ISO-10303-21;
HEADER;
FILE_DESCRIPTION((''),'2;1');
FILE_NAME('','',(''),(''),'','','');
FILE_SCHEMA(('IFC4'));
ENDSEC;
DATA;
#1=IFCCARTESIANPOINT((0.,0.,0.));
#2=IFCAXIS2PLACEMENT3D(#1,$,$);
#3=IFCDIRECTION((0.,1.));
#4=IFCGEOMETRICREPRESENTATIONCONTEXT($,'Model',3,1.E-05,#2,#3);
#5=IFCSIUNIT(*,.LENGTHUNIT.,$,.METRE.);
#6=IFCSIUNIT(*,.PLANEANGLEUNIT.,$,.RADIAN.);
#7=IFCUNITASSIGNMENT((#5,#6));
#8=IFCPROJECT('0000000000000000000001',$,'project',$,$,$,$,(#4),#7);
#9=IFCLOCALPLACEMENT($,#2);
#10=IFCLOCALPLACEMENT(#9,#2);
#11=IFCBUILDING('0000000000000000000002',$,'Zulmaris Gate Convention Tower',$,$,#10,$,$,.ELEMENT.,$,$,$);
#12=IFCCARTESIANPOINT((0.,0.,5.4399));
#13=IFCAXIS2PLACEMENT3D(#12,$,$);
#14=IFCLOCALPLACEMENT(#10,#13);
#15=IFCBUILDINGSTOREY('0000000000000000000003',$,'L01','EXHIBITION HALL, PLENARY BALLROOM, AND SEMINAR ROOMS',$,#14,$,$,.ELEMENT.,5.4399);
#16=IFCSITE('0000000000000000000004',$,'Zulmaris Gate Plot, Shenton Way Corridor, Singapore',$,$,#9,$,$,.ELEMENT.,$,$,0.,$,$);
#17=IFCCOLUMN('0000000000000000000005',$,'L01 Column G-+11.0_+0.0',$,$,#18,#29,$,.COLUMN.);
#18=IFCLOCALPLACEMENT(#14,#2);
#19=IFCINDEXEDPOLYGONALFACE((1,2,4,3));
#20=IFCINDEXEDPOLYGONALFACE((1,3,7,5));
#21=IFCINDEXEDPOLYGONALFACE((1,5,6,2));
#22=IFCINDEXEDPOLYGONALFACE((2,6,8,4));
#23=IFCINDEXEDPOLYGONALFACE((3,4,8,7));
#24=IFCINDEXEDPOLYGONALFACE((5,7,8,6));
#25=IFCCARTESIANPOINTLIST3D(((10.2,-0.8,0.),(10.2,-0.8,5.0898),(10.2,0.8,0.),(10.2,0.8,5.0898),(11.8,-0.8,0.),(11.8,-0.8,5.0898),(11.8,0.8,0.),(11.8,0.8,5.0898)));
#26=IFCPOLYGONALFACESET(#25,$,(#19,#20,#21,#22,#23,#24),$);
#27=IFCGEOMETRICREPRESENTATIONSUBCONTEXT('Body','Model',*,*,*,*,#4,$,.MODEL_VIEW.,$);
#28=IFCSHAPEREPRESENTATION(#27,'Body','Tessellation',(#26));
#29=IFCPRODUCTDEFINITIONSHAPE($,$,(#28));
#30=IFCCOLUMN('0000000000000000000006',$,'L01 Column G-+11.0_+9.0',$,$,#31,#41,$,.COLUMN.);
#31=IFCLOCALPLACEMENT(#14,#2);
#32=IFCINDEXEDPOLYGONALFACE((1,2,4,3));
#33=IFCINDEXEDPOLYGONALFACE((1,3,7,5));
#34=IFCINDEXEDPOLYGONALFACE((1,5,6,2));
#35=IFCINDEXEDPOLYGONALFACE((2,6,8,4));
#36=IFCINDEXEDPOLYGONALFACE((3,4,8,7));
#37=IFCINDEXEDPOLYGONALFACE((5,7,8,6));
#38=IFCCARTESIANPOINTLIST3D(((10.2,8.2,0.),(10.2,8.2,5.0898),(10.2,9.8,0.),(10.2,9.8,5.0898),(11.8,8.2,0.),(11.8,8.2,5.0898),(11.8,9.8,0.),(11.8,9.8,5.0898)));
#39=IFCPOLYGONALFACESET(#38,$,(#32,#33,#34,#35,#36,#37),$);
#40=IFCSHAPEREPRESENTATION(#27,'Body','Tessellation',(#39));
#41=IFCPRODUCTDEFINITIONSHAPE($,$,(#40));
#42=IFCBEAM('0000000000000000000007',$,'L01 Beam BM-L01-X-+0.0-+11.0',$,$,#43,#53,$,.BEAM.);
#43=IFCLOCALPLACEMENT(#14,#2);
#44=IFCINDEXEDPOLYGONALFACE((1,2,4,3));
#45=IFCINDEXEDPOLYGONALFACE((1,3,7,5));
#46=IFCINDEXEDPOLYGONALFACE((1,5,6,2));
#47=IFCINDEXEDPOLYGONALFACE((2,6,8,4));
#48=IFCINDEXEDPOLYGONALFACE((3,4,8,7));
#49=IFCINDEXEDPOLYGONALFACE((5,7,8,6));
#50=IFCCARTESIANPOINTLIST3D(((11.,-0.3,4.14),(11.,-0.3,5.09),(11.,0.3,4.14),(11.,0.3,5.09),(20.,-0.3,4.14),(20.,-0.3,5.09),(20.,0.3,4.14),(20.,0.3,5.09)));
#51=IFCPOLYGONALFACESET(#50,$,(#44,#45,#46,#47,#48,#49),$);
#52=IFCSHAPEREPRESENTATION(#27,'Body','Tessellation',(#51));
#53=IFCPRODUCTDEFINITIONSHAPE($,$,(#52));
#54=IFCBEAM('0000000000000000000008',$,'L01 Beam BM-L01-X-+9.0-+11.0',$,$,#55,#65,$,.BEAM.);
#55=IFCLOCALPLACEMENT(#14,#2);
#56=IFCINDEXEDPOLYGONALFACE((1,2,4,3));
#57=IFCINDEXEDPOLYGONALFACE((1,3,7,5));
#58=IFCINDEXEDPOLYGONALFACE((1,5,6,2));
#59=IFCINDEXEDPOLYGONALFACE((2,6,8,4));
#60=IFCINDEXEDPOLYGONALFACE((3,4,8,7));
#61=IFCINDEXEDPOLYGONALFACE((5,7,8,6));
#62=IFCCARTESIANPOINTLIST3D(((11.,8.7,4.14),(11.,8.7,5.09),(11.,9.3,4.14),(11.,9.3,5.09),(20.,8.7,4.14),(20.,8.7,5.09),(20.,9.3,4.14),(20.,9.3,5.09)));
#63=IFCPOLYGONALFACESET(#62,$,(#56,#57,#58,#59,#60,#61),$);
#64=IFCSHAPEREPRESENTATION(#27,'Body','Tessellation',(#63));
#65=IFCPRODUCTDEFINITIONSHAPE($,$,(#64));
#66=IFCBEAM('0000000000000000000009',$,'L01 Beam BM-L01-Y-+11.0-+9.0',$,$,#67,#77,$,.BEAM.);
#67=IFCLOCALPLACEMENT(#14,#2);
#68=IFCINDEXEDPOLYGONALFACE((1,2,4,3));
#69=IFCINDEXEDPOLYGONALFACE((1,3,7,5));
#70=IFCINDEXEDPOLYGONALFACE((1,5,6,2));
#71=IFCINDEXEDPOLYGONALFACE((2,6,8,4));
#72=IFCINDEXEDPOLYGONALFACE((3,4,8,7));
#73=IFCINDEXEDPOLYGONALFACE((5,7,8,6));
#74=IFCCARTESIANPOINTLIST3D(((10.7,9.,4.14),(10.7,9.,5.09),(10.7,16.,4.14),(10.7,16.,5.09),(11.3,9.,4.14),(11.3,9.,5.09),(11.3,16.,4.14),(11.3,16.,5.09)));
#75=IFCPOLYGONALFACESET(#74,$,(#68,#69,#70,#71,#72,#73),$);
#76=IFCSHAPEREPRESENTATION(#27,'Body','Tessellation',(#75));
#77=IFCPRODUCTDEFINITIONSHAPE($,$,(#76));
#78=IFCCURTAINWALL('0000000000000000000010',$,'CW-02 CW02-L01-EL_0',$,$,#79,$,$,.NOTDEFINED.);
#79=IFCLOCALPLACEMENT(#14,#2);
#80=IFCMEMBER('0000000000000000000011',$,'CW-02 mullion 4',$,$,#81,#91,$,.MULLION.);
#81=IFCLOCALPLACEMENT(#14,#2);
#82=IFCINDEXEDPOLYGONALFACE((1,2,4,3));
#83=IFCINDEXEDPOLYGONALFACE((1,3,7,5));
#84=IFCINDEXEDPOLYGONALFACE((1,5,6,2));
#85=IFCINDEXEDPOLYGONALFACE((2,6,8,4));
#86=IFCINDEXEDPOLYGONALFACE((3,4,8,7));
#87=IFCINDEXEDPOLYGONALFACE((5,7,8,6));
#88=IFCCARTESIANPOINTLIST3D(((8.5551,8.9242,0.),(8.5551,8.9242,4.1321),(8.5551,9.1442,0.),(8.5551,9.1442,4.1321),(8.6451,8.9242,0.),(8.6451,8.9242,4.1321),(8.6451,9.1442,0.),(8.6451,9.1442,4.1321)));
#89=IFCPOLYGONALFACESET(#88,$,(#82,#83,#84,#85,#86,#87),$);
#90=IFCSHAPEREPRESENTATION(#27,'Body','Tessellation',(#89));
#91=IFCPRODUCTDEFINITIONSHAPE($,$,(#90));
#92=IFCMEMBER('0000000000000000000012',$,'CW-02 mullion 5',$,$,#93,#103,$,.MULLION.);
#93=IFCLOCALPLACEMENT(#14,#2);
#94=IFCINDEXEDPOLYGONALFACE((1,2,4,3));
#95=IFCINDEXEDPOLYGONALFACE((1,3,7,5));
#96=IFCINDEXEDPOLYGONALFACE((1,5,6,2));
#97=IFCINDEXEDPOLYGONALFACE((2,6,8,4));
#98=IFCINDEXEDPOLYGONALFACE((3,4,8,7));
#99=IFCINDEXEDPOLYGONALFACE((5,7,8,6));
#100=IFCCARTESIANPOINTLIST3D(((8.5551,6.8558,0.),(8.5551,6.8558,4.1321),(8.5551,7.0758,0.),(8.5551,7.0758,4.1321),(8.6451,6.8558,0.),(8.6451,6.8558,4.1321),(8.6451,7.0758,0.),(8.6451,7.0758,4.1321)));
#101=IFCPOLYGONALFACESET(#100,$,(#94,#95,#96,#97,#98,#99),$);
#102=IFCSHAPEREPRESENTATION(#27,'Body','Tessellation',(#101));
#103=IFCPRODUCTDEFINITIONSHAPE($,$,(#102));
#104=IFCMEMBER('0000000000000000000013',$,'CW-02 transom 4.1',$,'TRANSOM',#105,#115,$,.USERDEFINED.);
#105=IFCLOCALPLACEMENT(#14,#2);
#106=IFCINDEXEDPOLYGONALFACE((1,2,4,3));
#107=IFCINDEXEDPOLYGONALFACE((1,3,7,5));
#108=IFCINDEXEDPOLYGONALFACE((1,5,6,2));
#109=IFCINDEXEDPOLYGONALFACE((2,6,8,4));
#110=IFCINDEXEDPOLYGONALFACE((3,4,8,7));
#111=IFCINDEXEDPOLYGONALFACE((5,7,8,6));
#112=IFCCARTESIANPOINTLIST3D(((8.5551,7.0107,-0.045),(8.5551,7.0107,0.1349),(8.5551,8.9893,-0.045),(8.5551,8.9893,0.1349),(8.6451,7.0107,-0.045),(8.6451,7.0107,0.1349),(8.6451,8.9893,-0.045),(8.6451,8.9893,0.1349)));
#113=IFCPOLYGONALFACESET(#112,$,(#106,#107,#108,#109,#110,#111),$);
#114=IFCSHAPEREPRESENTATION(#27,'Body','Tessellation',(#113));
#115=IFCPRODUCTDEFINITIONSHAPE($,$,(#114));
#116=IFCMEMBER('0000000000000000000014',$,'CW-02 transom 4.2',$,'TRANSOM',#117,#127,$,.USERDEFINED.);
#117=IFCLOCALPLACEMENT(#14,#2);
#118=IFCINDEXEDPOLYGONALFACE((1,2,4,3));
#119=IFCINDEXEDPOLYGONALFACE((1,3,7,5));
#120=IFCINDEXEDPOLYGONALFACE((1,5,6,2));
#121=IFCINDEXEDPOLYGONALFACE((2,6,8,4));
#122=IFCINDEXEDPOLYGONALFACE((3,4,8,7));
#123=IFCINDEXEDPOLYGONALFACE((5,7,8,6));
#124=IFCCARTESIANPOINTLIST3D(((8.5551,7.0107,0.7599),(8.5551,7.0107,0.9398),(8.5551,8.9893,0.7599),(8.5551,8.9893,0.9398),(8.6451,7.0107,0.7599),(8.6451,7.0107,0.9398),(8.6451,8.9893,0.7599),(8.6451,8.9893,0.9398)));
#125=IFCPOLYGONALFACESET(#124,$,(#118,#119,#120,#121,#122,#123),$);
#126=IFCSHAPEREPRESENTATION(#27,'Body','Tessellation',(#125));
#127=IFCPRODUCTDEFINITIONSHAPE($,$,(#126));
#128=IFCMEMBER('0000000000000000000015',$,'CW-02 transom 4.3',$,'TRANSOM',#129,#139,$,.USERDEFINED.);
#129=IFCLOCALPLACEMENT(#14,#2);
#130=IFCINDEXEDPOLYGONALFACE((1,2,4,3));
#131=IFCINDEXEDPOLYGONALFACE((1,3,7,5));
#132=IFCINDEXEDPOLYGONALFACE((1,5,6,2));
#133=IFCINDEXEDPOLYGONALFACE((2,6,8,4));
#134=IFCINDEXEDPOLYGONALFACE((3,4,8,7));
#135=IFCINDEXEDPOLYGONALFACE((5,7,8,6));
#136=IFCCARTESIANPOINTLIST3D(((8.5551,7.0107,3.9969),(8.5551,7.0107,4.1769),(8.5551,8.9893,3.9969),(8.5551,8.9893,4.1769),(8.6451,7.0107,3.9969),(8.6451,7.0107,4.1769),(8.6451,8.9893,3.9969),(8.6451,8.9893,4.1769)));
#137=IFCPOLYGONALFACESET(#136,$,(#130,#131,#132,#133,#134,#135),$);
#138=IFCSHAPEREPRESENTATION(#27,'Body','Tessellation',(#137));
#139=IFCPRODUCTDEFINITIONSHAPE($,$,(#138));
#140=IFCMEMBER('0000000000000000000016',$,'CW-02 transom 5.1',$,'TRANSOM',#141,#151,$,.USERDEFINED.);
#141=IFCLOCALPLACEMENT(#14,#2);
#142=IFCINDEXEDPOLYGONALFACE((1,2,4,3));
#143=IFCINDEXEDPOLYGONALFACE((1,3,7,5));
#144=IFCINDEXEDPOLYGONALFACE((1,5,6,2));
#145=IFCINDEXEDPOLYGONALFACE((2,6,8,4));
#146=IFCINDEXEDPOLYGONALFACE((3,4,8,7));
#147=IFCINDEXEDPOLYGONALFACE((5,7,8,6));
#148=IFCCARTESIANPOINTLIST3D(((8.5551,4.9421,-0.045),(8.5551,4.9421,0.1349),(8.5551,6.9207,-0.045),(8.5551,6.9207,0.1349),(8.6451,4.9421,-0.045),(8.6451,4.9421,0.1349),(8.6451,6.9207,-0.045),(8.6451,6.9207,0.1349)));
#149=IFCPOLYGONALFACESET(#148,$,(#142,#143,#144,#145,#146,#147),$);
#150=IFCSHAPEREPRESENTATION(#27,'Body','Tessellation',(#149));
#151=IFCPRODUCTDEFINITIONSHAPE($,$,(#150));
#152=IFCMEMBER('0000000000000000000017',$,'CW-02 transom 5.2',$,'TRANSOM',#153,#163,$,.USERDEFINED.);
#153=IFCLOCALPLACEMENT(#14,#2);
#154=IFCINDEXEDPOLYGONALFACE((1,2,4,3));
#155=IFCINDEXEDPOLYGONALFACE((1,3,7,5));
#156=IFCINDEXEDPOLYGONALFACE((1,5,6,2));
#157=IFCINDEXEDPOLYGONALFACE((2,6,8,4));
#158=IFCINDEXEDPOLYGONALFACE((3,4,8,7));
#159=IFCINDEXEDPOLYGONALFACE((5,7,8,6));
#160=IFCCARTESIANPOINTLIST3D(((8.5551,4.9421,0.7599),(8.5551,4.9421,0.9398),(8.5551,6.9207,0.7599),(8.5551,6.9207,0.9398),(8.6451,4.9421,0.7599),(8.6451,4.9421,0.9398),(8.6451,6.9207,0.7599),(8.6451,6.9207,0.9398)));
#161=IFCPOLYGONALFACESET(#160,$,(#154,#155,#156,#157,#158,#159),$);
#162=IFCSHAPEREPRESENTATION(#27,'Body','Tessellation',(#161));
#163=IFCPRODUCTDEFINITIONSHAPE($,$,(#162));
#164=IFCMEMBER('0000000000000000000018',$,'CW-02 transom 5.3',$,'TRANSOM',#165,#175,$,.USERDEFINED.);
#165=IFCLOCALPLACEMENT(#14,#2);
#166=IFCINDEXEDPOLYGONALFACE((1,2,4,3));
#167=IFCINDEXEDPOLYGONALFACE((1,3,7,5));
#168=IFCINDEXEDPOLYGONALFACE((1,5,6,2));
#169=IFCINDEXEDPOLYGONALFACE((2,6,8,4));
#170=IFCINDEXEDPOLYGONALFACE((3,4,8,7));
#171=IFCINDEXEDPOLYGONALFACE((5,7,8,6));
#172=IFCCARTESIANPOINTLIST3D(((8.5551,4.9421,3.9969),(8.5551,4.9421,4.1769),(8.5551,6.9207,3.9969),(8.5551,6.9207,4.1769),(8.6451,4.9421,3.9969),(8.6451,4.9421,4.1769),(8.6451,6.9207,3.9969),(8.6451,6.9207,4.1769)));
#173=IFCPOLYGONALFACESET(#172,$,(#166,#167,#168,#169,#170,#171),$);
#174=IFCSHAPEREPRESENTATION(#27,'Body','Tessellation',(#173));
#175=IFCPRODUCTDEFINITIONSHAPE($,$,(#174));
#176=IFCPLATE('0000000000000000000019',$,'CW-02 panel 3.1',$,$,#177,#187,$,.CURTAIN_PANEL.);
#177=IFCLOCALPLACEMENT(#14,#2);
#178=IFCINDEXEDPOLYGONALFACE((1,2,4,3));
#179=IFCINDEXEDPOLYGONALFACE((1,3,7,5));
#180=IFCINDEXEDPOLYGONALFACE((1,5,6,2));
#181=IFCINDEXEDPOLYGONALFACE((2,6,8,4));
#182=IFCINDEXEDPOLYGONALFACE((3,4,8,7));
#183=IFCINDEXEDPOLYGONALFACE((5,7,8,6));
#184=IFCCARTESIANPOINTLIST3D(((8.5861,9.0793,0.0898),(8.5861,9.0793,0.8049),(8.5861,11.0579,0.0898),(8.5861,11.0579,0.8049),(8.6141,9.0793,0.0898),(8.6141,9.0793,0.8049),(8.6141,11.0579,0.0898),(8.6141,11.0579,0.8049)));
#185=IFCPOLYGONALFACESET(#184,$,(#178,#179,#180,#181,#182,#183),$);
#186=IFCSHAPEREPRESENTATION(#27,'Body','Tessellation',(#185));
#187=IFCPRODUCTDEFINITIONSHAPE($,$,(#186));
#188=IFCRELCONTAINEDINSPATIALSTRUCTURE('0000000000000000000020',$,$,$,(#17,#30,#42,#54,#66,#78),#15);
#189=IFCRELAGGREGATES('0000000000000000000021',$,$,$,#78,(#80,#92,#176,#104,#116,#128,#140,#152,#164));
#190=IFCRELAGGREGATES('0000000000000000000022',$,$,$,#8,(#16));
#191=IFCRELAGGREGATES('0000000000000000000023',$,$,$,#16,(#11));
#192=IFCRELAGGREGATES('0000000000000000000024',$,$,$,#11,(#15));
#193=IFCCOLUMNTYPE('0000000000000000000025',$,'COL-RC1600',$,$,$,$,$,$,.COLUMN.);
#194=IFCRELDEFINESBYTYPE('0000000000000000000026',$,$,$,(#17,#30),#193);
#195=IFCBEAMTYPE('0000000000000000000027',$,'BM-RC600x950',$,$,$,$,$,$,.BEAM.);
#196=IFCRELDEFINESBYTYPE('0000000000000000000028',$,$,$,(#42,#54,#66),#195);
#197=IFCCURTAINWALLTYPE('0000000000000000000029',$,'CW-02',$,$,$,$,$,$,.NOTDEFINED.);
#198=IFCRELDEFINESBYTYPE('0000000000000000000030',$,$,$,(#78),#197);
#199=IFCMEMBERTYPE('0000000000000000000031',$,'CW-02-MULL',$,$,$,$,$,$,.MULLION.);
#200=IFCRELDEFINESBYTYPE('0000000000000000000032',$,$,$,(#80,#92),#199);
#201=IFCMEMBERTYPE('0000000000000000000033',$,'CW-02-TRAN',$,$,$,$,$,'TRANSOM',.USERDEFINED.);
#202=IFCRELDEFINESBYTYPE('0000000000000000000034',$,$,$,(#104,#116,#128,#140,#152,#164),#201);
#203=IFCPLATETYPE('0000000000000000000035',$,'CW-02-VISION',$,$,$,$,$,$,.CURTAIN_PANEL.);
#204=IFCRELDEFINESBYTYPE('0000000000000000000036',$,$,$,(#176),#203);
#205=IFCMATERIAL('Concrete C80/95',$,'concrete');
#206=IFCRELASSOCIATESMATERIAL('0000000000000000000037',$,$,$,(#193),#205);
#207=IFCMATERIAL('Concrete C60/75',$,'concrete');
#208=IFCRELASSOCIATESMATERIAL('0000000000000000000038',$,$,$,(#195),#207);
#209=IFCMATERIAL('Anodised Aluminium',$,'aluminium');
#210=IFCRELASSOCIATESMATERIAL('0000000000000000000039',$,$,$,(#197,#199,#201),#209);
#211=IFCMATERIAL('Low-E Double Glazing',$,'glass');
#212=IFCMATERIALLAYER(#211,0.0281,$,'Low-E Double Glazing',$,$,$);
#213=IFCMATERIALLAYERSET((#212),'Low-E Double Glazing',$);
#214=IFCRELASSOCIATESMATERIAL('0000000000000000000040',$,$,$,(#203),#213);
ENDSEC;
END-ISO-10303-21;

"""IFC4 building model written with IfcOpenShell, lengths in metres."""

from ifc_helpers import new_model, si_unit, direction, frame, origin, origin_2d, place, context, subcontext, project, spatial, rectangle, extrude, material, layer, layer_set, material_profile, profile_set, type_object, element, aggregate, save


model = new_model("IFC4")

# Units and contexts
model_context = context("Model", 3, precision=1e-05, world=origin(), true_north=direction((0.0, 1.0)))
body_context = subcontext(model_context, "Body", "Model", "MODEL_VIEW")
ifc_project = project(units=[si_unit("LENGTHUNIT", "METRE"), si_unit("PLANEANGLEUNIT", "RADIAN")], contexts=[model_context])

# Site, building, storey
site_placement = place(None, origin())
site = spatial("IfcSite", under=ifc_project, at=site_placement, Name="Zulmaris Gate Plot, Shenton Way Corridor, Singapore", CompositionType="ELEMENT", RefElevation=0.0)
building_placement = place(site_placement, origin())
building = spatial("IfcBuilding", under=site, at=building_placement, Name="Zulmaris Gate Convention Tower", CompositionType="ELEMENT")
storey_placement = place(building_placement, frame((0.0, 0.0, 5.4399)))
storey = spatial("IfcBuildingStorey", under=building, at=storey_placement, Name="L01", Description="EXHIBITION HALL, PLENARY BALLROOM, AND SEMINAR ROOMS", CompositionType="ELEMENT", Elevation=5.4399)

# Columns
ifc_material_1 = material(Name="Concrete C80/95", Category="concrete")
ifc_material_profile_1 = material_profile(ifc_material_1, rectangle(XDim=1.6001, YDim=1.6001, at=origin_2d()), Name="RC COL 1600x1600")
ifc_profile_set_1 = profile_set([ifc_material_profile_1], Name="Concrete C80/95")
column_type = type_object("IfcColumnType", Name="COL-RC1600", PredefinedType="COLUMN", material=ifc_profile_set_1)
for number, where, z_axis, x_axis, name in (
    (1, (11.0, 0.0, 0.0), (0.0, 0.0, 1.0), (1.0, 0.0, 0.0), "L01 Column G-+11.0_+0.0"),
    (2, (11.0, 9.0, 0.0), (0.0, 0.0, 1.0), (1.0, 0.0, 0.0), "L01 Column G-+11.0_+9.0"),
):
    element("IfcColumn", number, at=place(storey_placement, frame(where, z_axis=z_axis, x_axis=x_axis)), inside=storey, type_object=column_type, Name=name, PredefinedType="COLUMN", context=body_context, shape_type="SweptSolid", body=[
        extrude(rectangle(XDim=1.6001, YDim=1.6001, at=origin_2d()), origin(), (0.0, 0.0, 1.0), 5.0898),
    ])

# Beams
ifc_material_2 = material(Name="Concrete C60/75", Category="concrete")
ifc_material_profile_2 = material_profile(ifc_material_2, rectangle(XDim=0.6001, YDim=0.95, at=origin_2d()), Name="RC BEAM 600x950")
ifc_profile_set_2 = profile_set([ifc_material_profile_2], Name="Concrete C60/75")
beam_type = type_object("IfcBeamType", Name="BM-RC600x950", PredefinedType="BEAM", material=ifc_profile_set_2)
for number, where, z_axis, x_axis, name in (
    (3, (11.0, 0.0, 4.615), (1.0, 0.0, 0.0), (0.0, 1.0, 0.0), "L01 Beam BM-L01-X-+0.0-+11.0"),
    (4, (11.0, 9.0, 4.615), (1.0, 0.0, 0.0), (0.0, 1.0, 0.0), "L01 Beam BM-L01-X-+9.0-+11.0"),
):
    element("IfcBeam", number, at=place(storey_placement, frame(where, z_axis=z_axis, x_axis=x_axis)), inside=storey, type_object=beam_type, Name=name, PredefinedType="BEAM", context=body_context, shape_type="SweptSolid", body=[
        extrude(rectangle(XDim=0.6001, YDim=0.95, at=origin_2d()), origin(), (0.0, 0.0, 1.0), 9.0),
    ])
beam_placement = place(storey_placement, frame((11.0, 9.0, 4.615), z_axis=(0.0, 1.0, 0.0), x_axis=(-1.0, 0.0, 0.0)))
element("IfcBeam", 5, at=beam_placement, inside=storey, type_object=beam_type, Name="L01 Beam BM-L01-Y-+11.0-+9.0", PredefinedType="BEAM", context=body_context, shape_type="SweptSolid", body=[
    extrude(rectangle(XDim=0.6001, YDim=0.95, at=origin_2d()), origin(), (0.0, 0.0, 1.0), 7.0),
])

# Curtain wall, members, plate
ifc_material_3 = material(Name="Anodised Aluminium", Category="aluminium")
curtain_wall_type = type_object("IfcCurtainWallType", Name="CW-02", PredefinedType="NOTDEFINED", material=ifc_material_3)
curtain_wall_placement = place(storey_placement, origin())
curtain_wall = element("IfcCurtainWall", 6, at=curtain_wall_placement, inside=storey, type_object=curtain_wall_type, Name="CW-02 CW02-L01-EL_0", PredefinedType="NOTDEFINED")
ifc_material_profile_3 = material_profile(ifc_material_3, rectangle(XDim=0.0901, YDim=0.22, at=origin_2d()), Name="ALU MULLION 90x220")
ifc_profile_set_3 = profile_set([ifc_material_profile_3], Name="Anodised Aluminium")
member_type_1 = type_object("IfcMemberType", Name="CW-02-MULL", PredefinedType="MULLION", material=ifc_profile_set_3)
member_1_placement = place(storey_placement, frame((8.6001, 9.0342, 0.0), z_axis=(0.0, 0.0, 1.0), x_axis=(1.0, 0.0, 0.0)))
member_1 = element("IfcMember", 7, at=member_1_placement, type_object=member_type_1, Name="CW-02 mullion 4", PredefinedType="MULLION", context=body_context, shape_type="SweptSolid", body=[
    extrude(rectangle(XDim=0.0901, YDim=0.22, at=origin_2d()), origin(), (0.0, 0.0, 1.0), 4.1321),
])
member_2_placement = place(storey_placement, frame((8.6001, 6.9658, 0.0), z_axis=(0.0, 0.0, 1.0), x_axis=(1.0, 0.0, 0.0)))
member_2 = element("IfcMember", 8, at=member_2_placement, type_object=member_type_1, Name="CW-02 mullion 5", PredefinedType="MULLION", context=body_context, shape_type="SweptSolid", body=[
    extrude(rectangle(XDim=0.0901, YDim=0.22, at=origin_2d()), origin(), (0.0, 0.0, 1.0), 4.1321),
])
ifc_material_profile_4 = material_profile(ifc_material_3, rectangle(XDim=0.0901, YDim=0.1799, at=origin_2d()), Name="ALU TRANSOM 90x180")
ifc_profile_set_4 = profile_set([ifc_material_profile_4], Name="Anodised Aluminium")
member_type_2 = type_object("IfcMemberType", Name="CW-02-TRAN", ElementType="TRANSOM", PredefinedType="USERDEFINED", material=ifc_profile_set_4)
member_3_placement = place(storey_placement, frame((8.6001, 8.9893, 0.0449), z_axis=(0.0, -1.0, 0.0), x_axis=(1.0, 0.0, 0.0)))
member_3 = element("IfcMember", 9, at=member_3_placement, type_object=member_type_2, Name="CW-02 transom 4.1", ObjectType="TRANSOM", PredefinedType="USERDEFINED", context=body_context, shape_type="SweptSolid", body=[
    extrude(rectangle(XDim=0.0901, YDim=0.1799, at=origin_2d()), origin(), (0.0, 0.0, 1.0), 1.9785),
])
member_4_placement = place(storey_placement, frame((8.6001, 8.9893, 0.8499), z_axis=(0.0, -1.0, 0.0), x_axis=(1.0, 0.0, 0.0)))
member_4 = element("IfcMember", 10, at=member_4_placement, type_object=member_type_2, Name="CW-02 transom 4.2", ObjectType="TRANSOM", PredefinedType="USERDEFINED", context=body_context, shape_type="SweptSolid", body=[
    extrude(rectangle(XDim=0.0901, YDim=0.1799, at=origin_2d()), origin(), (0.0, 0.0, 1.0), 1.9785),
])
member_5_placement = place(storey_placement, frame((8.6001, 8.9893, 4.0869), z_axis=(0.0, -1.0, 0.0), x_axis=(1.0, 0.0, 0.0)))
member_5 = element("IfcMember", 11, at=member_5_placement, type_object=member_type_2, Name="CW-02 transom 4.3", ObjectType="TRANSOM", PredefinedType="USERDEFINED", context=body_context, shape_type="SweptSolid", body=[
    extrude(rectangle(XDim=0.0901, YDim=0.1799, at=origin_2d()), origin(), (0.0, 0.0, 1.0), 1.9785),
])
member_6_placement = place(storey_placement, frame((8.6001, 6.9207, 0.0449), z_axis=(0.0, -1.0, 0.0), x_axis=(1.0, 0.0, 0.0)))
member_6 = element("IfcMember", 12, at=member_6_placement, type_object=member_type_2, Name="CW-02 transom 5.1", ObjectType="TRANSOM", PredefinedType="USERDEFINED", context=body_context, shape_type="SweptSolid", body=[
    extrude(rectangle(XDim=0.0901, YDim=0.1799, at=origin_2d()), origin(), (0.0, 0.0, 1.0), 1.9785),
])
member_7_placement = place(storey_placement, frame((8.6001, 6.9207, 0.8499), z_axis=(0.0, -1.0, 0.0), x_axis=(1.0, 0.0, 0.0)))
member_7 = element("IfcMember", 13, at=member_7_placement, type_object=member_type_2, Name="CW-02 transom 5.2", ObjectType="TRANSOM", PredefinedType="USERDEFINED", context=body_context, shape_type="SweptSolid", body=[
    extrude(rectangle(XDim=0.0901, YDim=0.1799, at=origin_2d()), origin(), (0.0, 0.0, 1.0), 1.9785),
])
member_8_placement = place(storey_placement, frame((8.6001, 6.9207, 4.0869), z_axis=(0.0, -1.0, 0.0), x_axis=(1.0, 0.0, 0.0)))
member_8 = element("IfcMember", 14, at=member_8_placement, type_object=member_type_2, Name="CW-02 transom 5.3", ObjectType="TRANSOM", PredefinedType="USERDEFINED", context=body_context, shape_type="SweptSolid", body=[
    extrude(rectangle(XDim=0.0901, YDim=0.1799, at=origin_2d()), origin(), (0.0, 0.0, 1.0), 1.9785),
])
ifc_material_4 = material(Name="Low-E Double Glazing", Category="glass")
ifc_layer_1 = layer(ifc_material_4, 0.0281, Name="Low-E Double Glazing")
ifc_layer_set_1 = layer_set([ifc_layer_1], Name="Low-E Double Glazing")
plate_type = type_object("IfcPlateType", Name="CW-02-VISION", PredefinedType="CURTAIN_PANEL", material=ifc_layer_set_1)
plate_1_placement = place(storey_placement, frame((8.6001, 10.0686, 0.0898), z_axis=(0.0, 0.0, 1.0), x_axis=(0.0, -1.0, 0.0)))
plate_1 = element("IfcPlate", 15, at=plate_1_placement, type_object=plate_type, Name="CW-02 panel 3.1", PredefinedType="CURTAIN_PANEL", context=body_context, shape_type="SweptSolid", body=[
    extrude(rectangle(XDim=1.9785, YDim=0.0281, at=origin_2d()), origin(), (0.0, 0.0, 1.0), 0.7151),
])
aggregate(curtain_wall, [member_1, member_2, plate_1, member_3, member_4, member_5, member_6, member_7, member_8])

save(model, "model.ifc")
